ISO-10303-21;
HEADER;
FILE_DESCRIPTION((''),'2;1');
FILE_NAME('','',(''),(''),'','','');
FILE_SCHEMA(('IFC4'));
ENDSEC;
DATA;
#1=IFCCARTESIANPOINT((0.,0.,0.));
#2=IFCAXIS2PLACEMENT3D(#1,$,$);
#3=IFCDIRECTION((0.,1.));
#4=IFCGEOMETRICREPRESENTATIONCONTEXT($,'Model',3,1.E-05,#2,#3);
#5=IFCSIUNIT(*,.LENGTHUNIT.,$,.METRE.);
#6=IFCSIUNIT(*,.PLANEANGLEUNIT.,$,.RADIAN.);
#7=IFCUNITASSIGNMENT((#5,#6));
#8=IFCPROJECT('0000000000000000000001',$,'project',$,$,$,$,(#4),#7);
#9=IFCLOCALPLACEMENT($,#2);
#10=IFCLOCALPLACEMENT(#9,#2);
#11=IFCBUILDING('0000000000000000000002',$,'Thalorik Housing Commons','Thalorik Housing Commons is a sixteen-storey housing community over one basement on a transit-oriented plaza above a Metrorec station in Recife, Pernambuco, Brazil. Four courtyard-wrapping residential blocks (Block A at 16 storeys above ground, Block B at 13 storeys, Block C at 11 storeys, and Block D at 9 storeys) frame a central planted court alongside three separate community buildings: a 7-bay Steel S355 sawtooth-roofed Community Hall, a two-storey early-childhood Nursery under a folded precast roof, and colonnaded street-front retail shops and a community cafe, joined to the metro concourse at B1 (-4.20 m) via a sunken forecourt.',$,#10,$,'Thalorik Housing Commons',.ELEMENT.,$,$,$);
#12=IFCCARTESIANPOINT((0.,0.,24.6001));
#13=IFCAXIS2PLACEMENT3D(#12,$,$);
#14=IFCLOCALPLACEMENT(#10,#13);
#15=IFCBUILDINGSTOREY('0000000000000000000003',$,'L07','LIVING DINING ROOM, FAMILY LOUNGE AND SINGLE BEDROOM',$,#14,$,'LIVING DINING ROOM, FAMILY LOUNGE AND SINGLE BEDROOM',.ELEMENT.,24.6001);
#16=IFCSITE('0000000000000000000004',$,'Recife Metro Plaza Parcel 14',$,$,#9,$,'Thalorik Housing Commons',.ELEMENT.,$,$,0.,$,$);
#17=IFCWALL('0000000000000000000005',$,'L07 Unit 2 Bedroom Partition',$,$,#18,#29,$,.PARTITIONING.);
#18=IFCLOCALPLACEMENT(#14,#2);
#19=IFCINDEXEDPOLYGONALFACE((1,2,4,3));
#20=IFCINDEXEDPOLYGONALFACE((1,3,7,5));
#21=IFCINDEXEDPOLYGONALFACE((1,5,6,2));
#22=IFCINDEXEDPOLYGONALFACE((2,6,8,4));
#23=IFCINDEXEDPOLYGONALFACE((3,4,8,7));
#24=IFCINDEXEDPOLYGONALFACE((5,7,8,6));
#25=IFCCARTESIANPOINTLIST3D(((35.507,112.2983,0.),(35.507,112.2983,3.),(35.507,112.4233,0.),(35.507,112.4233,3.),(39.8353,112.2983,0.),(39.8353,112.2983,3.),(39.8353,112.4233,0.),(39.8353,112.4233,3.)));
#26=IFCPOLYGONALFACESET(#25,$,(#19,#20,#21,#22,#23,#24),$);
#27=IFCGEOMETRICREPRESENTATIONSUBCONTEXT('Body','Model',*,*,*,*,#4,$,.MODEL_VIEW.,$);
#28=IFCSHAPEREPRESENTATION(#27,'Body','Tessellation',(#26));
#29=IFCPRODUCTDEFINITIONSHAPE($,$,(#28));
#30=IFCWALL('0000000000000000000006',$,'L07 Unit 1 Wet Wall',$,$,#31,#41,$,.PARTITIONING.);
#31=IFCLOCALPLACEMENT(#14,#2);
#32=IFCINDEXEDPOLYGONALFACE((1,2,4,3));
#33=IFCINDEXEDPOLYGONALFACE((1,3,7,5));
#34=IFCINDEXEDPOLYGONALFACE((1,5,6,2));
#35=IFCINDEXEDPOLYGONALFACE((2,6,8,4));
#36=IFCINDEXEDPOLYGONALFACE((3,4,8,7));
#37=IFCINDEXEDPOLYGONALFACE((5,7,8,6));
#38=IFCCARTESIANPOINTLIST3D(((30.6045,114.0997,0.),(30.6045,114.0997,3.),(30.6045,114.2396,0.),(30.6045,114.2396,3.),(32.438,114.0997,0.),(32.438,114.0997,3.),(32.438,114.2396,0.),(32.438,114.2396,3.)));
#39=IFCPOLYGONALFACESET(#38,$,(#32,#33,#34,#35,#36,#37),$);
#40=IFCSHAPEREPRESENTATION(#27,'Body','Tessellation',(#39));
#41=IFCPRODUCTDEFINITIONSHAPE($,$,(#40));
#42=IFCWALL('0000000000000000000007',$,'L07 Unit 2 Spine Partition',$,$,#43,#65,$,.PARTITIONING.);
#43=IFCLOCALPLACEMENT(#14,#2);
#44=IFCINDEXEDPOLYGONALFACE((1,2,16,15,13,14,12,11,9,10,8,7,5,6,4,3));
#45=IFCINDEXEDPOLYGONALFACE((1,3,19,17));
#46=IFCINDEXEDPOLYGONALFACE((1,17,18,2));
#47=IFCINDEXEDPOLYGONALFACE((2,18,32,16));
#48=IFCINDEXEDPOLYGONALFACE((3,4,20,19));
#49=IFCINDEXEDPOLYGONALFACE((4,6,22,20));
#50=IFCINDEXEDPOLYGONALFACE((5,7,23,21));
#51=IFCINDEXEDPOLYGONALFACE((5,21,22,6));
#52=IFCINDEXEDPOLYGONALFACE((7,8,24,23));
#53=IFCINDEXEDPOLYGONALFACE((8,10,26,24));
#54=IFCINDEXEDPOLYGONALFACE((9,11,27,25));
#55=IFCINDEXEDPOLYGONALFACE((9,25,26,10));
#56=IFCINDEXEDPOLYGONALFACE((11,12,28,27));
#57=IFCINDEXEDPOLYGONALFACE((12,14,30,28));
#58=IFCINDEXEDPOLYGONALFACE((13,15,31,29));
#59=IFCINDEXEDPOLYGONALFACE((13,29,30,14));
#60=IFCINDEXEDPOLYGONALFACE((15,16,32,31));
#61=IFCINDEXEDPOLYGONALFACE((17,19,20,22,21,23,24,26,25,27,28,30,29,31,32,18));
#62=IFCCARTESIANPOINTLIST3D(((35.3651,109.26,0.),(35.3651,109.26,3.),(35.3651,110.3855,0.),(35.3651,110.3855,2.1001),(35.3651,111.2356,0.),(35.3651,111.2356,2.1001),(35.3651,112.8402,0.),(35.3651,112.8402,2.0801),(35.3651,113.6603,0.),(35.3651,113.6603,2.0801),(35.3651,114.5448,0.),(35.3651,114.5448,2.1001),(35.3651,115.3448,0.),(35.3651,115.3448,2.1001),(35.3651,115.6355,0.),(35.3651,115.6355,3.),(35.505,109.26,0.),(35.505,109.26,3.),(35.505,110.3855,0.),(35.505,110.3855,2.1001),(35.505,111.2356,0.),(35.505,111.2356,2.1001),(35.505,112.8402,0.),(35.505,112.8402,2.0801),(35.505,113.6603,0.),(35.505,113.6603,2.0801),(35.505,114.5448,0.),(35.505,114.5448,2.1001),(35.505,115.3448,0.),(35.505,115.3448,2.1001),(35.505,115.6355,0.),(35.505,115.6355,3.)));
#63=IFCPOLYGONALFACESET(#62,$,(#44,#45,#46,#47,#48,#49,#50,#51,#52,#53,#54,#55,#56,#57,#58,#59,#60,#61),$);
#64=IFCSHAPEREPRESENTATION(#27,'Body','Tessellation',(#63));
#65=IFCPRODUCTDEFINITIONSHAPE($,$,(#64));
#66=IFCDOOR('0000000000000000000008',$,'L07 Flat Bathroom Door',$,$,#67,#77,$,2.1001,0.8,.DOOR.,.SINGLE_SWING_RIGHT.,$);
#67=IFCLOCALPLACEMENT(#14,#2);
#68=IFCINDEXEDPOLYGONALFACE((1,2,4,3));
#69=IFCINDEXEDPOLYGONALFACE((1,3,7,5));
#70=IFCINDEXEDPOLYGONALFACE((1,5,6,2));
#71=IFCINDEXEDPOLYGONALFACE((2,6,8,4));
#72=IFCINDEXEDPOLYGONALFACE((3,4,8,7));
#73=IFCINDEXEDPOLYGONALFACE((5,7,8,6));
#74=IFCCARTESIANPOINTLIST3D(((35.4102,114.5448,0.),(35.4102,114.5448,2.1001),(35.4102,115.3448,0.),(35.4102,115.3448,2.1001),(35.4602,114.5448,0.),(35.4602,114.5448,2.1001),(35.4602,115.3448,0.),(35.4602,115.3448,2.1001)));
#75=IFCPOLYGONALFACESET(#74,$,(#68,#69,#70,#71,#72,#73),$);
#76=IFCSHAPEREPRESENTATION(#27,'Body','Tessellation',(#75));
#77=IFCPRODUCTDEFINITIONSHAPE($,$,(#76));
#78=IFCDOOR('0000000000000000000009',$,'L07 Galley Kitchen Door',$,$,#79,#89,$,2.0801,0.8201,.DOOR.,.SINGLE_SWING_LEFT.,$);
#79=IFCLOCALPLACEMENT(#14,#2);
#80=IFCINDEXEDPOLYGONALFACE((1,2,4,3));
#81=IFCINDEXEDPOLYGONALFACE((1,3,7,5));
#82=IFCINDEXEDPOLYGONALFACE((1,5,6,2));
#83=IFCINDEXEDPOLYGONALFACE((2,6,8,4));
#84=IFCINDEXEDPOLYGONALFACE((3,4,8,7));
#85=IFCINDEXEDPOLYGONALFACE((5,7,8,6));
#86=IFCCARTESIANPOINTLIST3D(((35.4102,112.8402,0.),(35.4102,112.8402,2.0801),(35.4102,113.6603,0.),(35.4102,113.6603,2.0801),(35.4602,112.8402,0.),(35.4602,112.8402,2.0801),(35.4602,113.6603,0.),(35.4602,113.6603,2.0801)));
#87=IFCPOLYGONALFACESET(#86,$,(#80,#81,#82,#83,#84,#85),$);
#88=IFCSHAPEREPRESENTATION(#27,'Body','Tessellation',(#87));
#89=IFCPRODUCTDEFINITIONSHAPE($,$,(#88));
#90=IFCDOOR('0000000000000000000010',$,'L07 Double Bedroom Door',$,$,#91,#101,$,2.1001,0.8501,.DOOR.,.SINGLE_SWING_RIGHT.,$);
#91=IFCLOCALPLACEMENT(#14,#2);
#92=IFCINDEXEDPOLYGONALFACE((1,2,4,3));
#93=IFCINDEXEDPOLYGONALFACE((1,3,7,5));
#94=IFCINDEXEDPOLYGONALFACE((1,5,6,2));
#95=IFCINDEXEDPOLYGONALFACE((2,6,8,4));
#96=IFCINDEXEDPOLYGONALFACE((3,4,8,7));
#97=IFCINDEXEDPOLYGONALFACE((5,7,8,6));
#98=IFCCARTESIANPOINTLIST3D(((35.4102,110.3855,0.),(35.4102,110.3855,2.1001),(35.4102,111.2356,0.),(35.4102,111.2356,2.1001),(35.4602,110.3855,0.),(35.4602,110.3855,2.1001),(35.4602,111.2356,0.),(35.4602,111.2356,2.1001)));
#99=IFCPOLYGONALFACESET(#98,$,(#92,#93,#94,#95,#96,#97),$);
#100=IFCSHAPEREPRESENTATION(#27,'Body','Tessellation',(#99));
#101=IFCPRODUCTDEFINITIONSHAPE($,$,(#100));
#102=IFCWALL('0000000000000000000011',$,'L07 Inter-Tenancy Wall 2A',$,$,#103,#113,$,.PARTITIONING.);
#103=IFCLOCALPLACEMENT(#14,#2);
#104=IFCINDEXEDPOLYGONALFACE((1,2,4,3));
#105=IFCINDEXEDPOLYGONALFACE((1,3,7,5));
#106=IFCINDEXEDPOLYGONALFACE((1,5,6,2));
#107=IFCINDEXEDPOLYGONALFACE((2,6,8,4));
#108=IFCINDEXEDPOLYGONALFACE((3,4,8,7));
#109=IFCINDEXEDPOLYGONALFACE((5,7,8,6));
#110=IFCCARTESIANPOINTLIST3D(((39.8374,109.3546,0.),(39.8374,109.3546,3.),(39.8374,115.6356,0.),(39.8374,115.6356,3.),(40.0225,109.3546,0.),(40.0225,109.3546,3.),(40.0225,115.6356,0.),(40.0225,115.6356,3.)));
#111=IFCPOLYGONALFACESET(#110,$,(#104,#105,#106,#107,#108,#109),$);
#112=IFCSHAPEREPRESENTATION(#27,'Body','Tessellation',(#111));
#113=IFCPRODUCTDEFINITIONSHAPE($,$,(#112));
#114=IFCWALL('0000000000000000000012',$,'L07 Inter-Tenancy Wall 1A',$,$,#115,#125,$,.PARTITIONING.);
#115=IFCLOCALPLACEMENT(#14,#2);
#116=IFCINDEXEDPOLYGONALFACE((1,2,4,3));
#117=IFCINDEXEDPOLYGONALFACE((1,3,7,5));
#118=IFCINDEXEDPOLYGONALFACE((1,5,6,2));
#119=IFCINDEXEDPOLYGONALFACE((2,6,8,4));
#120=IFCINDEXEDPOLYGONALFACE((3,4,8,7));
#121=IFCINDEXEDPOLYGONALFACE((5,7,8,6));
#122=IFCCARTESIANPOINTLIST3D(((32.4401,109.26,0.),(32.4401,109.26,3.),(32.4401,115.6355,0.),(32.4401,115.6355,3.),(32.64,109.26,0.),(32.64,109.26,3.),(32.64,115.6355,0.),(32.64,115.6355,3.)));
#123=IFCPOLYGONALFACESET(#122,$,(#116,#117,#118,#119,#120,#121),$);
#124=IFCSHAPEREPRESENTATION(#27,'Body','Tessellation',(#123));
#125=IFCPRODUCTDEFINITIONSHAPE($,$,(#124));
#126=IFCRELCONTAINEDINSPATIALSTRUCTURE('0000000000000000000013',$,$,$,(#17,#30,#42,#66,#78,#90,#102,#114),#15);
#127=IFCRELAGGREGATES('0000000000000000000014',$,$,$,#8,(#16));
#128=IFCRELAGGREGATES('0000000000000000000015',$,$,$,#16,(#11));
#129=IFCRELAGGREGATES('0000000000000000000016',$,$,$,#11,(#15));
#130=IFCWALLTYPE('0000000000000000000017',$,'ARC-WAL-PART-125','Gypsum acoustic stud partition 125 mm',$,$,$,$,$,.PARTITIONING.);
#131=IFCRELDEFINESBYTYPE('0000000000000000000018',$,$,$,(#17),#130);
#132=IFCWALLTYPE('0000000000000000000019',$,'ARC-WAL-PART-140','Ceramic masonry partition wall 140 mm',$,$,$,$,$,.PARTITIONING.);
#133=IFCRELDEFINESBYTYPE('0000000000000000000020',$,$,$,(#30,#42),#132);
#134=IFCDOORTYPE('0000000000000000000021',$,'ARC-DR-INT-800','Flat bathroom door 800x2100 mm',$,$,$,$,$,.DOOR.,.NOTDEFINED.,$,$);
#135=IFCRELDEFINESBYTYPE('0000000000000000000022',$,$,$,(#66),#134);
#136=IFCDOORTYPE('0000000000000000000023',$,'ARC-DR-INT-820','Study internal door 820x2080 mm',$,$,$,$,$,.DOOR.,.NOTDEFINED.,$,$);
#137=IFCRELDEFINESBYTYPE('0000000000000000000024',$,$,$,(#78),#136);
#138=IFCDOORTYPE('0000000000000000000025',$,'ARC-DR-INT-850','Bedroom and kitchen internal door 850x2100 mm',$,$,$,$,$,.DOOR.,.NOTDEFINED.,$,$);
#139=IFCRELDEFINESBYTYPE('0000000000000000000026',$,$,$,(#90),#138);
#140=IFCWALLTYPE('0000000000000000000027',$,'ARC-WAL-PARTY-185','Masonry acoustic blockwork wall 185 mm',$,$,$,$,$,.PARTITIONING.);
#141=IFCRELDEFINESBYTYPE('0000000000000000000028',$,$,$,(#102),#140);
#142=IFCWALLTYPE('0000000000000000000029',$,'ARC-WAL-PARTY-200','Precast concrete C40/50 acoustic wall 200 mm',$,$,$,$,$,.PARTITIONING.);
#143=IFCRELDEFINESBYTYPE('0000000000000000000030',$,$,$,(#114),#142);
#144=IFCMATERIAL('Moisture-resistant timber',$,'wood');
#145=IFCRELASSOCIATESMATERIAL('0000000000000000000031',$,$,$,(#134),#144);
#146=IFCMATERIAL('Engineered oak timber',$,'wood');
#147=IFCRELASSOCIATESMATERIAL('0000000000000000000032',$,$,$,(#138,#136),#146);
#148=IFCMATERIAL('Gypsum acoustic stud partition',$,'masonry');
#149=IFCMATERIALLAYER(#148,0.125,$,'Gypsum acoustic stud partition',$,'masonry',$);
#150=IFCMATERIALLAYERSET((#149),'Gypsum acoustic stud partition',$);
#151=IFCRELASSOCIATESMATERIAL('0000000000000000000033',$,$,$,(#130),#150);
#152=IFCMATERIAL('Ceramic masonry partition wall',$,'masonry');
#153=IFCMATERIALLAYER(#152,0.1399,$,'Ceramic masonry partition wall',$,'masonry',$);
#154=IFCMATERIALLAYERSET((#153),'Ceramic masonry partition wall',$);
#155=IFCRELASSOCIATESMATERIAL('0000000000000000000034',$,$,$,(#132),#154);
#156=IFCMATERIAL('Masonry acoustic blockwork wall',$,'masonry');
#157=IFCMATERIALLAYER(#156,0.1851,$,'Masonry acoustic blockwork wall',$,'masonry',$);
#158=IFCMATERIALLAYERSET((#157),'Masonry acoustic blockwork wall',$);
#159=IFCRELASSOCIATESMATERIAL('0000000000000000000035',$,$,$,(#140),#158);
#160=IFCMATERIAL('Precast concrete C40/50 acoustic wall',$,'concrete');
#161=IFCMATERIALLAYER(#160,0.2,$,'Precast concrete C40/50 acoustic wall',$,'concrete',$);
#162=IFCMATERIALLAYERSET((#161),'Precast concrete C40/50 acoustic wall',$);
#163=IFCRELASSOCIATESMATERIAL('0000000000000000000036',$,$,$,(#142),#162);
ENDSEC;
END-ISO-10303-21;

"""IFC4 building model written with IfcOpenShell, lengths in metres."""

from ifc_helpers import new_model, si_unit, direction, frame, frame_2d, origin, place, context, subcontext, project, spatial, rectangle, extrude, material, layer, layer_set, type_object, element, fill, save


model = new_model("IFC4")

# Units and contexts
model_context = context("Model", 3, precision=1e-05, world=origin(), true_north=direction((0.0, 1.0)))
body_context = subcontext(model_context, "Body", "Model", "MODEL_VIEW")
ifc_project = project(units=[si_unit("LENGTHUNIT", "METRE"), si_unit("PLANEANGLEUNIT", "RADIAN")], contexts=[model_context])

# Site, building, storey
site_placement = place(None, origin())
site = spatial("IfcSite", under=ifc_project, at=site_placement, Name="Recife Metro Plaza Parcel 14", LongName="Thalorik Housing Commons", CompositionType="ELEMENT", RefElevation=0.0)
building_placement = place(site_placement, origin())
building = spatial("IfcBuilding", under=site, at=building_placement, Name="Thalorik Housing Commons", Description="Thalorik Housing Commons is a sixteen-storey housing community over one basement on a transit-oriented plaza above a Metrorec station in Recife, Pernambuco, Brazil. Four courtyard-wrapping residential blocks (Block A at 16 storeys above ground, Block B at 13 storeys, Block C at 11 storeys, and Block D at 9 storeys) frame a central planted court alongside three separate community buildings: a 7-bay Steel S355 sawtooth-roofed Community Hall, a two-storey early-childhood Nursery under a folded precast roof, and colonnaded street-front retail shops and a community cafe, joined to the metro concourse at B1 (-4.20 m) via a sunken forecourt.", LongName="Thalorik Housing Commons", CompositionType="ELEMENT")
storey_placement = place(building_placement, frame((0.0, 0.0, 24.6001)))
storey = spatial("IfcBuildingStorey", under=building, at=storey_placement, Name="L07", Description="LIVING DINING ROOM, FAMILY LOUNGE AND SINGLE BEDROOM", LongName="LIVING DINING ROOM, FAMILY LOUNGE AND SINGLE BEDROOM", CompositionType="ELEMENT", Elevation=24.6001)

# Shared definitions
ifc_material_1 = material(Name="Moisture-resistant timber", Category="wood")
door_type_1 = type_object("IfcDoorType", Name="ARC-DR-INT-800", Description="Flat bathroom door 800x2100 mm", OperationType="NOTDEFINED", PredefinedType="DOOR", material=ifc_material_1)
ifc_material_2 = material(Name="Engineered oak timber", Category="wood")
door_type_2 = type_object("IfcDoorType", Name="ARC-DR-INT-850", Description="Bedroom and kitchen internal door 850x2100 mm", OperationType="NOTDEFINED", PredefinedType="DOOR", material=ifc_material_2)

# Walls
ifc_material_3 = material(Name="Gypsum acoustic stud partition", Category="masonry")
ifc_layer_1 = layer(ifc_material_3, 0.125, Name="Gypsum acoustic stud partition", Category="masonry")
ifc_layer_set_1 = layer_set([ifc_layer_1], Name="Gypsum acoustic stud partition")
wall_type_1 = type_object("IfcWallType", Name="ARC-WAL-PART-125", Description="Gypsum acoustic stud partition 125 mm", PredefinedType="PARTITIONING", material=ifc_layer_set_1)
wall_1_placement = place(storey_placement, frame((35.5071, 112.3608, 0.0), z_axis=(0.0, 0.0, 1.0), x_axis=(1.0, 0.0, 0.0)))
element("IfcWall", 1, at=wall_1_placement, inside=storey, type_object=wall_type_1, Name="L07 Unit 2 Bedroom Partition", PredefinedType="PARTITIONING", context=body_context, shape_type="SweptSolid", body=[
    extrude(rectangle(XDim=4.3284, YDim=0.125, at=frame_2d((2.1641, 0.0))), origin(), (0.0, 0.0, 1.0), 3.0),
])
ifc_material_4 = material(Name="Ceramic masonry partition wall", Category="masonry")
ifc_layer_2 = layer(ifc_material_4, 0.1399, Name="Ceramic masonry partition wall", Category="masonry")
ifc_layer_set_2 = layer_set([ifc_layer_2], Name="Ceramic masonry partition wall")
wall_type_2 = type_object("IfcWallType", Name="ARC-WAL-PART-140", Description="Ceramic masonry partition wall 140 mm", PredefinedType="PARTITIONING", material=ifc_layer_set_2)
wall_2_placement = place(storey_placement, frame((30.6045, 114.1697, 0.0), z_axis=(0.0, 0.0, 1.0), x_axis=(1.0, 0.0, 0.0)))
element("IfcWall", 2, at=wall_2_placement, inside=storey, type_object=wall_type_2, Name="L07 Unit 1 Wet Wall", PredefinedType="PARTITIONING", context=body_context, shape_type="SweptSolid", body=[
    extrude(rectangle(XDim=1.8335, YDim=0.1399, at=frame_2d((0.9167, 0.0))), origin(), (0.0, 0.0, 1.0), 3.0),
])

# Wall, openings, doors
wall_3_placement = place(storey_placement, frame((35.4351, 109.26, 0.0), z_axis=(0.0, 0.0, 1.0), x_axis=(0.0, 1.0, 0.0)))
wall_3 = element("IfcWall", 3, at=wall_3_placement, inside=storey, type_object=wall_type_2, Name="L07 Unit 2 Spine Partition", PredefinedType="PARTITIONING", context=body_context, shape_type="SweptSolid", body=[
    extrude(rectangle(XDim=6.3755, YDim=0.1399, at=frame_2d((3.1877, 0.0))), origin(), (0.0, 0.0, 1.0), 3.0),
])
opening_1_placement = place(wall_3_placement, frame((1.1255, 0.0, 0.0)))
opening_1 = element("IfcOpeningElement", 4, at=opening_1_placement, cuts=wall_3, PredefinedType="OPENING", context=body_context, shape_type="SweptSolid", body=[
    extrude(rectangle(XDim=0.8501, YDim=2.1001, at=frame_2d((0.425, 1.05))), frame((0.0, 0.0801, 0.0), z_axis=(0.0, -1.0, 0.0), x_axis=(1.0, 0.0, 0.0)), (0.0, 0.0, 1.0), 0.1599),
])
opening_2_placement = place(wall_3_placement, frame((3.5801, 0.0, 0.0)))
opening_2 = element("IfcOpeningElement", 5, at=opening_2_placement, cuts=wall_3, PredefinedType="OPENING", context=body_context, shape_type="SweptSolid", body=[
    extrude(rectangle(XDim=0.8201, YDim=2.0801, at=frame_2d((0.4102, 1.04))), frame((0.0, 0.0801, 0.0), z_axis=(0.0, -1.0, 0.0), x_axis=(1.0, 0.0, 0.0)), (0.0, 0.0, 1.0), 0.1599),
])
opening_3_placement = place(wall_3_placement, frame((5.2849, 0.0, 0.0)))
opening_3 = element("IfcOpeningElement", 6, at=opening_3_placement, cuts=wall_3, PredefinedType="OPENING", context=body_context, shape_type="SweptSolid", body=[
    extrude(rectangle(XDim=0.8, YDim=2.1001, at=frame_2d((0.3999, 1.05))), frame((0.0, 0.0801, 0.0), z_axis=(0.0, -1.0, 0.0), x_axis=(1.0, 0.0, 0.0)), (0.0, 0.0, 1.0), 0.1599),
])
door_1_placement = place(opening_3_placement, origin())
door_1 = element("IfcDoor", 7, at=door_1_placement, inside=storey, type_object=door_type_1, Name="L07 Flat Bathroom Door", OperationType="SINGLE_SWING_RIGHT", OverallHeight=2.1001, OverallWidth=0.8, PredefinedType="DOOR", context=body_context, shape_type="SweptSolid", body=[
    extrude(rectangle(XDim=0.8, YDim=2.1001, at=frame_2d((0.3999, 1.05))), frame((0.0, 0.0249, 0.0), z_axis=(0.0, -1.0, 0.0), x_axis=(1.0, 0.0, 0.0)), (0.0, 0.0, 1.0), 0.05),
])
fill(opening_3, door_1)
door_type_3 = type_object("IfcDoorType", Name="ARC-DR-INT-820", Description="Study internal door 820x2080 mm", OperationType="NOTDEFINED", PredefinedType="DOOR", material=ifc_material_2)
door_2_placement = place(opening_2_placement, origin())
door_2 = element("IfcDoor", 8, at=door_2_placement, inside=storey, type_object=door_type_3, Name="L07 Galley Kitchen Door", OperationType="SINGLE_SWING_LEFT", OverallHeight=2.0801, OverallWidth=0.8201, PredefinedType="DOOR", context=body_context, shape_type="SweptSolid", body=[
    extrude(rectangle(XDim=0.8201, YDim=2.0801, at=frame_2d((0.4102, 1.04))), frame((0.0, 0.0249, 0.0), z_axis=(0.0, -1.0, 0.0), x_axis=(1.0, 0.0, 0.0)), (0.0, 0.0, 1.0), 0.05),
])
fill(opening_2, door_2)
door_3_placement = place(opening_1_placement, origin())
door_3 = element("IfcDoor", 9, at=door_3_placement, inside=storey, type_object=door_type_2, Name="L07 Double Bedroom Door", OperationType="SINGLE_SWING_RIGHT", OverallHeight=2.1001, OverallWidth=0.8501, PredefinedType="DOOR", context=body_context, shape_type="SweptSolid", body=[
    extrude(rectangle(XDim=0.8501, YDim=2.1001, at=frame_2d((0.425, 1.05))), frame((0.0, 0.0249, 0.0), z_axis=(0.0, -1.0, 0.0), x_axis=(1.0, 0.0, 0.0)), (0.0, 0.0, 1.0), 0.05),
])
fill(opening_1, door_3)

# Walls
ifc_material_5 = material(Name="Masonry acoustic blockwork wall", Category="masonry")
ifc_layer_3 = layer(ifc_material_5, 0.1851, Name="Masonry acoustic blockwork wall", Category="masonry")
ifc_layer_set_3 = layer_set([ifc_layer_3], Name="Masonry acoustic blockwork wall")
wall_type_3 = type_object("IfcWallType", Name="ARC-WAL-PARTY-185", Description="Masonry acoustic blockwork wall 185 mm", PredefinedType="PARTITIONING", material=ifc_layer_set_3)
wall_4_placement = place(storey_placement, frame((39.9299, 109.3545, 0.0), z_axis=(0.0, 0.0, 1.0), x_axis=(0.0, 1.0, 0.0)))
element("IfcWall", 10, at=wall_4_placement, inside=storey, type_object=wall_type_3, Name="L07 Inter-Tenancy Wall 2A", PredefinedType="PARTITIONING", context=body_context, shape_type="SweptSolid", body=[
    extrude(rectangle(XDim=6.281, YDim=0.1851, at=frame_2d((3.1406, 0.0))), origin(), (0.0, 0.0, 1.0), 3.0),
])
ifc_material_6 = material(Name="Precast concrete C40/50 acoustic wall", Category="concrete")
ifc_layer_4 = layer(ifc_material_6, 0.2, Name="Precast concrete C40/50 acoustic wall", Category="concrete")
ifc_layer_set_4 = layer_set([ifc_layer_4], Name="Precast concrete C40/50 acoustic wall")
wall_type_4 = type_object("IfcWallType", Name="ARC-WAL-PARTY-200", Description="Precast concrete C40/50 acoustic wall 200 mm", PredefinedType="PARTITIONING", material=ifc_layer_set_4)
wall_5_placement = place(storey_placement, frame((32.54, 109.26, 0.0), z_axis=(0.0, 0.0, 1.0), x_axis=(0.0, 1.0, 0.0)))
element("IfcWall", 11, at=wall_5_placement, inside=storey, type_object=wall_type_4, Name="L07 Inter-Tenancy Wall 1A", PredefinedType="PARTITIONING", context=body_context, shape_type="SweptSolid", body=[
    extrude(rectangle(XDim=6.3755, YDim=0.2, at=frame_2d((3.1877, 0.0))), origin(), (0.0, 0.0, 1.0), 3.0),
])

save(model, "model.ifc")
